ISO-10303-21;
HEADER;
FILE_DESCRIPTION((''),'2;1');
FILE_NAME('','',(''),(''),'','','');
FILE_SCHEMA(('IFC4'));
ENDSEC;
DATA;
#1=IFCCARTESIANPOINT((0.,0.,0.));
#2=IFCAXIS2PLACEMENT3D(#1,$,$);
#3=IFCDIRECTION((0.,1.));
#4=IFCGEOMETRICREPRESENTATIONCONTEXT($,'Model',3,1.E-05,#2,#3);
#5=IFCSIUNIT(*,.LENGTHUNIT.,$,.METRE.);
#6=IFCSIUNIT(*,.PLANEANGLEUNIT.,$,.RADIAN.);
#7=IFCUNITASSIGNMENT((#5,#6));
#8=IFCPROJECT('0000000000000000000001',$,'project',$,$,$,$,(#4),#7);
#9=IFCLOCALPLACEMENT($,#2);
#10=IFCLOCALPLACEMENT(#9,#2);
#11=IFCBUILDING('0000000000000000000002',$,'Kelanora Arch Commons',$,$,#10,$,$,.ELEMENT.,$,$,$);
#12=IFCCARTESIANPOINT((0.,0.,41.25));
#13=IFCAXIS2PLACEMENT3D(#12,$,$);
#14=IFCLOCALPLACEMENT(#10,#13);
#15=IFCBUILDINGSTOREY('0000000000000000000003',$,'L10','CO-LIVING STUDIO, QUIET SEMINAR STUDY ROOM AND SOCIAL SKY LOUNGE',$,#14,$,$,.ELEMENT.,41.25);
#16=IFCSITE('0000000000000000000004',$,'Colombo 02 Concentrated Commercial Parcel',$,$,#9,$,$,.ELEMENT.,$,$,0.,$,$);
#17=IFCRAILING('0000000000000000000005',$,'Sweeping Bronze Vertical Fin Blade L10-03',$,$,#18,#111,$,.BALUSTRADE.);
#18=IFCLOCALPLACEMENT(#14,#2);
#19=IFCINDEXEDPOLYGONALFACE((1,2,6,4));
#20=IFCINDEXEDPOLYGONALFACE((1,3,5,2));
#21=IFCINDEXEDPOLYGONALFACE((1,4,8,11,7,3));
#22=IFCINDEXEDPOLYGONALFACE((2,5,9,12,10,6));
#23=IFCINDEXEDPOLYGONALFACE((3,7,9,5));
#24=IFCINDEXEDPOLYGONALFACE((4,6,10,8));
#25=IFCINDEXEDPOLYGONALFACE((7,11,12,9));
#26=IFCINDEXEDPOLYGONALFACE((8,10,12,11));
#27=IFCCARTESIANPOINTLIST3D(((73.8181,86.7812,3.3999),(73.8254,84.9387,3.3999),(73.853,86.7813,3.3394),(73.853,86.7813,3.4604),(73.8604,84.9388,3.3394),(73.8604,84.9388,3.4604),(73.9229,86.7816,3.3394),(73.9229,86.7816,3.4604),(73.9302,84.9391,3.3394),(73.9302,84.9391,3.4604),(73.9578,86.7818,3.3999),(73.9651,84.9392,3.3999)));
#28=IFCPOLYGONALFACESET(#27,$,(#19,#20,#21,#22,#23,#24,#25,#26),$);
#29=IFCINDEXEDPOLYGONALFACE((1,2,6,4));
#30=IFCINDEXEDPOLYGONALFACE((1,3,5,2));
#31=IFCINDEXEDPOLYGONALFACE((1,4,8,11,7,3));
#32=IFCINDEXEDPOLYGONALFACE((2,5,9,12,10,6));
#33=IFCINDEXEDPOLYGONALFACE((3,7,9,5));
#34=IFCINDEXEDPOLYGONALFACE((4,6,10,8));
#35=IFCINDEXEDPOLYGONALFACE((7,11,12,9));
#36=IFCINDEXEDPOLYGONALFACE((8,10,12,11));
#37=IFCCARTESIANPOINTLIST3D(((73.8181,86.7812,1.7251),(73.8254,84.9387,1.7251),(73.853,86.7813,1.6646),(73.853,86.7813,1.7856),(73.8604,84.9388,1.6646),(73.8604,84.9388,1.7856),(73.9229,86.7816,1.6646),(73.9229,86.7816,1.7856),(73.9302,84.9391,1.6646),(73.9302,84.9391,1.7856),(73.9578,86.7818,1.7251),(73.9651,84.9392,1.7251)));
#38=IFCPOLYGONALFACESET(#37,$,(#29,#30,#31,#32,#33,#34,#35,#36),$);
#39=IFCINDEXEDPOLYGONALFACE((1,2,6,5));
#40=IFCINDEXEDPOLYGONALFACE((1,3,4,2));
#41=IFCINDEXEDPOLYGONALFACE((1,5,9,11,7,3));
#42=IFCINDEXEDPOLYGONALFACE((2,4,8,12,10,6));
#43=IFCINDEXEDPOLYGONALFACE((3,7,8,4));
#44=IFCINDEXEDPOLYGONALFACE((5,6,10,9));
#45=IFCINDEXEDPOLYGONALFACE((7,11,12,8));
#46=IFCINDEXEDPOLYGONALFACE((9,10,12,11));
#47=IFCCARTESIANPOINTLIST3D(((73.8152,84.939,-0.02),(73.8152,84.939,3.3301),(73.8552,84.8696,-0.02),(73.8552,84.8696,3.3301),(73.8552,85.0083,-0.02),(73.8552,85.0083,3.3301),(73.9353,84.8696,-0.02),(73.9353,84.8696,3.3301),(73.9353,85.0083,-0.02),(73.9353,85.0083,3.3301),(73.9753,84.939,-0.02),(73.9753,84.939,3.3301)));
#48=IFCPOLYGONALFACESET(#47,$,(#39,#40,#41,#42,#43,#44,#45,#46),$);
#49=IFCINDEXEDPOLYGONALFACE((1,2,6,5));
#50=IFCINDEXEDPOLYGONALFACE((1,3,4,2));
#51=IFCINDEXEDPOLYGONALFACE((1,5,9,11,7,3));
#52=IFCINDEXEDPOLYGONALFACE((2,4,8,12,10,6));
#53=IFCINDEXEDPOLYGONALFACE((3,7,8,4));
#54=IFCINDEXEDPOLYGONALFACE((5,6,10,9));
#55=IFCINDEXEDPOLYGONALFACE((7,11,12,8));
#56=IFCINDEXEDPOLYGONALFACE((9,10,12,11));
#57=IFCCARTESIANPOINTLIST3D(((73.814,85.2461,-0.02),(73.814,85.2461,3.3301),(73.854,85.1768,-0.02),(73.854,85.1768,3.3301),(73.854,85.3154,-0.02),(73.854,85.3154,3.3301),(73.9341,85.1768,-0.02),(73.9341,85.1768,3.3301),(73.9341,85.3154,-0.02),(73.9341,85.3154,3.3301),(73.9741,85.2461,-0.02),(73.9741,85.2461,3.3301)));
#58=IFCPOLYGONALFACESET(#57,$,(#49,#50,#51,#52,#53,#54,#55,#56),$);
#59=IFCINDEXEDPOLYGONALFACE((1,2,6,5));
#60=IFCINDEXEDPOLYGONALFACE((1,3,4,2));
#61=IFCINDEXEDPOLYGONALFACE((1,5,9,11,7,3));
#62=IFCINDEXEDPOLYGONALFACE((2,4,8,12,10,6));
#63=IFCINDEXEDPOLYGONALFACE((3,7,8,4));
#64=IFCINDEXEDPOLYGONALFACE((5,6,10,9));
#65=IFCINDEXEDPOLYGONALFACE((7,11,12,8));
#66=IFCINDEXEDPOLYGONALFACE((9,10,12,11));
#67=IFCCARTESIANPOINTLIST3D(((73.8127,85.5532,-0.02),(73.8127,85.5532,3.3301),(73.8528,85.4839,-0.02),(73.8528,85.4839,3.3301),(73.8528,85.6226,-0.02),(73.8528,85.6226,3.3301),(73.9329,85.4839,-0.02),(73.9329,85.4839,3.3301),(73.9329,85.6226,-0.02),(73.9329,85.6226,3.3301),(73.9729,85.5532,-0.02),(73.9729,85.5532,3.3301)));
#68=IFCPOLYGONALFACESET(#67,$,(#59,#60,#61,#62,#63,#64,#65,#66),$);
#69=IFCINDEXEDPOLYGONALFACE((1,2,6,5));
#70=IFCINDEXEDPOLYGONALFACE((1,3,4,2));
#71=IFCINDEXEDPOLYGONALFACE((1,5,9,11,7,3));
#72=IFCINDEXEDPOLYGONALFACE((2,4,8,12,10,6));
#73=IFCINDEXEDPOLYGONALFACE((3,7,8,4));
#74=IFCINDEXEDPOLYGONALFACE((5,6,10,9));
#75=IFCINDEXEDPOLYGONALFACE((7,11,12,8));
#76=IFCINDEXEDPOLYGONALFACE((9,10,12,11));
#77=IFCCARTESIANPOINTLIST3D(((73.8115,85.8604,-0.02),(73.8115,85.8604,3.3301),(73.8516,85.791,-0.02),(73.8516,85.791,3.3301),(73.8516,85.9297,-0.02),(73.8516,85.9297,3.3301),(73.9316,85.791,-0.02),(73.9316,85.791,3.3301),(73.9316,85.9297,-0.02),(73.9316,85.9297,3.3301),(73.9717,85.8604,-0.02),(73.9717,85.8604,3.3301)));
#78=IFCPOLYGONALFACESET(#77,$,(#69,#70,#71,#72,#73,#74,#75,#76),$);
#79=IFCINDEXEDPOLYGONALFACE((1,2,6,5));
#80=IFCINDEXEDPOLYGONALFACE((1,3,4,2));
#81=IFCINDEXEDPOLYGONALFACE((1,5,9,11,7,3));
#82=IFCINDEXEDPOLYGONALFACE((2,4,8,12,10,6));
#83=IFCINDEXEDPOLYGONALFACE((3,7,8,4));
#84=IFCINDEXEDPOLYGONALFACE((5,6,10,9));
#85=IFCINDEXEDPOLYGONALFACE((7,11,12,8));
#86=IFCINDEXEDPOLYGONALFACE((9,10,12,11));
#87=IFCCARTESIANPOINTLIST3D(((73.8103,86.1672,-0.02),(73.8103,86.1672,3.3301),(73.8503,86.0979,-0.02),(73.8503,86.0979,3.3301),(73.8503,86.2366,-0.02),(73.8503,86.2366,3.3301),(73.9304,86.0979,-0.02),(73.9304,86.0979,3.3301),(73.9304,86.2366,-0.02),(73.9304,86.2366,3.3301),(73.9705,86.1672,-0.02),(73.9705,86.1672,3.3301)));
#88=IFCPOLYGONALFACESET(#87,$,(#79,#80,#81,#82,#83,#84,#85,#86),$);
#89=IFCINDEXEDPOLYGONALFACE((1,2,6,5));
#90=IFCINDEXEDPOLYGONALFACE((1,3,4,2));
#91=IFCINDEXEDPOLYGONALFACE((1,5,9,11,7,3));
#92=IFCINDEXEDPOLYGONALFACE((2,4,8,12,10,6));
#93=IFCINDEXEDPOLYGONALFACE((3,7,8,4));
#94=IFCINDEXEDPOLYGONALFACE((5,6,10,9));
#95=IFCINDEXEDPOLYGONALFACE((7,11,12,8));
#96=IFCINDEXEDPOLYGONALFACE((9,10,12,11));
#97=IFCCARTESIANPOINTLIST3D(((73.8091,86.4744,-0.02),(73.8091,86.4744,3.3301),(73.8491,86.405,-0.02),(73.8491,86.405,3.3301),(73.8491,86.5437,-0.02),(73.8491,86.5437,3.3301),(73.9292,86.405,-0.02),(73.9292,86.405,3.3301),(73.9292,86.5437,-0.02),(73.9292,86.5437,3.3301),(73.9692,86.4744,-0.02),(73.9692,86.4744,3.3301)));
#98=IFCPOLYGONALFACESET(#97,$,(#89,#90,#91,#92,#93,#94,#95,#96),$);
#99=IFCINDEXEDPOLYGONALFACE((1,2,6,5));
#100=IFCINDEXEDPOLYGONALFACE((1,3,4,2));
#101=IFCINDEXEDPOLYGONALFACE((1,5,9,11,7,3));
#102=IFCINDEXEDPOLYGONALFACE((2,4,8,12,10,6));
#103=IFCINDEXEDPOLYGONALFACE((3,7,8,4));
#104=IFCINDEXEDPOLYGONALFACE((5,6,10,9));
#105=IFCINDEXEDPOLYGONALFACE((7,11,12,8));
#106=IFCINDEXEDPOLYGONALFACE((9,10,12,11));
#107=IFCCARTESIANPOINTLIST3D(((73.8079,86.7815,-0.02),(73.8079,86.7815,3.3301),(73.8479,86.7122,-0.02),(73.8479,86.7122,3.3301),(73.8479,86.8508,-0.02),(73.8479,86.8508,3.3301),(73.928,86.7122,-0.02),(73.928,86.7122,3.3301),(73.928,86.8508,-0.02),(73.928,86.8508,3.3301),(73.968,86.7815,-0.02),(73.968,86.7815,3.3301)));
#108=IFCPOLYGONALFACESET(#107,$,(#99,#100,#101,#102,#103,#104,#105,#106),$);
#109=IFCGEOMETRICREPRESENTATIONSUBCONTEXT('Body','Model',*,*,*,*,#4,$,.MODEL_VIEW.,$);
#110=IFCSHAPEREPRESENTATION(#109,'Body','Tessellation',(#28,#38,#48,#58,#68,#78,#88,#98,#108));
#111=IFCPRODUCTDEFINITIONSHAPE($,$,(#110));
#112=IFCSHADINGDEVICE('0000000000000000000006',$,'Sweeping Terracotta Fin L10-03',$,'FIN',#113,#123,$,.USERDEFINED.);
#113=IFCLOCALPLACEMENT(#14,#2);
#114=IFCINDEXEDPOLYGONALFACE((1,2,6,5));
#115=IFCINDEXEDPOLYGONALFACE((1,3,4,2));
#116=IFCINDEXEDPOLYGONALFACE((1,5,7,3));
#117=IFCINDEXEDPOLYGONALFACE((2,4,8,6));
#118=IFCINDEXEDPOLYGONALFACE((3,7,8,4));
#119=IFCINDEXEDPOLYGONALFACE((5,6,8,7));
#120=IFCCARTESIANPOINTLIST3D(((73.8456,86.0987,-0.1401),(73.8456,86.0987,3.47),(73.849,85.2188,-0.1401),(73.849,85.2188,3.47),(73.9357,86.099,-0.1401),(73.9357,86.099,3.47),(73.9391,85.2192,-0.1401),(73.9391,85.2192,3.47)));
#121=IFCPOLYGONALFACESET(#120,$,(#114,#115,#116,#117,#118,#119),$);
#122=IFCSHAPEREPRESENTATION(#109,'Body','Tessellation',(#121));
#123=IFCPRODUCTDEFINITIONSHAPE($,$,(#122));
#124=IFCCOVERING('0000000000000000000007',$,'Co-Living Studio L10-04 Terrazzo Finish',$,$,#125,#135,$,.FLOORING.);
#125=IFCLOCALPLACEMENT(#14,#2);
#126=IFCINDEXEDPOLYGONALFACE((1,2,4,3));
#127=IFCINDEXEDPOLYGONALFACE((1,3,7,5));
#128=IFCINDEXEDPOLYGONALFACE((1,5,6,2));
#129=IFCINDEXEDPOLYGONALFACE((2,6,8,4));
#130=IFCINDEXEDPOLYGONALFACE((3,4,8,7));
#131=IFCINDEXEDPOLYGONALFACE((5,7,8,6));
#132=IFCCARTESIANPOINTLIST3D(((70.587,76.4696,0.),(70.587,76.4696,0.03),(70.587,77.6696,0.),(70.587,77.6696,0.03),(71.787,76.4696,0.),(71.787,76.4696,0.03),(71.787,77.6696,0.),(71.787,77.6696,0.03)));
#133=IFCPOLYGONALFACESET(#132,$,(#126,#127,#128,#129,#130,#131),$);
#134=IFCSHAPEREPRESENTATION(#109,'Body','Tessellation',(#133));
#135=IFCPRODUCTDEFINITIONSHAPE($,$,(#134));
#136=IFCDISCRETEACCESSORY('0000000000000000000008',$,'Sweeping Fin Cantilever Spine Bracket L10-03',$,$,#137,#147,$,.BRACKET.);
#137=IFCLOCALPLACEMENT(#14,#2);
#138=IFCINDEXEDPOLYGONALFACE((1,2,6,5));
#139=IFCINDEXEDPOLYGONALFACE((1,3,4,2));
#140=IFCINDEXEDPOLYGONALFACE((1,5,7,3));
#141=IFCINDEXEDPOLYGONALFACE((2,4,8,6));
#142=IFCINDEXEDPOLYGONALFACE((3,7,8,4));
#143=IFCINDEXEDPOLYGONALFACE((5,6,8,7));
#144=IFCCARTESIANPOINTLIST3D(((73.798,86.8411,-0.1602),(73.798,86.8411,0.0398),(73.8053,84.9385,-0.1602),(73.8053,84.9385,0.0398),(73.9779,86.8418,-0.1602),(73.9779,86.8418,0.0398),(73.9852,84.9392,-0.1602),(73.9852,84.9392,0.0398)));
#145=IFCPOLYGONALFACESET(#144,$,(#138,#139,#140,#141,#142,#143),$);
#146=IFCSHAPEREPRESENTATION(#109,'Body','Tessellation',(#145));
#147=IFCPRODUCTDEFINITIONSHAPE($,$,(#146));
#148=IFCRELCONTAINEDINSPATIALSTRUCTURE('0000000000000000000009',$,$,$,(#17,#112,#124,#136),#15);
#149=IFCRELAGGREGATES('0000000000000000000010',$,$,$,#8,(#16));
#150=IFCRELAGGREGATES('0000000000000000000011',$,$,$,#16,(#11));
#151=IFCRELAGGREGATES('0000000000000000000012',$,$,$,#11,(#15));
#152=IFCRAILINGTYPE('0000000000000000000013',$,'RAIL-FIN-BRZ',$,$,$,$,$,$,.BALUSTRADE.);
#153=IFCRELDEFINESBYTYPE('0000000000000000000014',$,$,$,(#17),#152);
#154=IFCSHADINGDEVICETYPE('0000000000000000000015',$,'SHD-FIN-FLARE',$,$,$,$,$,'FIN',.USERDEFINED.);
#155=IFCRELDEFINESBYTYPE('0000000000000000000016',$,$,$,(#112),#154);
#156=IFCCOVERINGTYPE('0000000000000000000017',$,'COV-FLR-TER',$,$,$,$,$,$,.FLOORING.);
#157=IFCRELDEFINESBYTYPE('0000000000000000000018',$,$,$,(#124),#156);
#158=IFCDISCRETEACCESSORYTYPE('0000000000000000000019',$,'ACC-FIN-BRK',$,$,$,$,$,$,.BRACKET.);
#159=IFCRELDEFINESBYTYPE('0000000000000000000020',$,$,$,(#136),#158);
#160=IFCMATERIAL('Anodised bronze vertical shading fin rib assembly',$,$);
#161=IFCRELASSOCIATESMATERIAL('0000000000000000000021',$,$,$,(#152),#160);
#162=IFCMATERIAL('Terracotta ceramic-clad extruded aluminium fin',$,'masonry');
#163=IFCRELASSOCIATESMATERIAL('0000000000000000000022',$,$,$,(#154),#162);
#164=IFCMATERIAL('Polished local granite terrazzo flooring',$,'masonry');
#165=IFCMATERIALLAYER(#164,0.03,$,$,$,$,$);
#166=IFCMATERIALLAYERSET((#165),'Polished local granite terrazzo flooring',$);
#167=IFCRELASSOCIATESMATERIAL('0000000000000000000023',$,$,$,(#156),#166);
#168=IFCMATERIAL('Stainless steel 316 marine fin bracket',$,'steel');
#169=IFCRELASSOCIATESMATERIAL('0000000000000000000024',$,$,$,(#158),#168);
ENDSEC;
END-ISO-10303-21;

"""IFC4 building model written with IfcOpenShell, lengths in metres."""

from ifc_helpers import new_model, si_unit, direction, frame, origin, origin_2d, place, context, subcontext, project, spatial, polyline, rectangle, outline, extrude, source, transform, mapped, material, layer, layer_set, type_object, element, save


model = new_model("IFC4")

# Units and contexts
model_context = context("Model", 3, precision=1e-05, world=origin(), true_north=direction((0.0, 1.0)))
body_context = subcontext(model_context, "Body", "Model", "MODEL_VIEW")
ifc_project = project(units=[si_unit("LENGTHUNIT", "METRE"), si_unit("PLANEANGLEUNIT", "RADIAN")], contexts=[model_context])

# Site, building, storey
site_placement = place(None, origin())
site = spatial("IfcSite", under=ifc_project, at=site_placement, Name="Colombo 02 Concentrated Commercial Parcel", CompositionType="ELEMENT", RefElevation=0.0)
building_placement = place(site_placement, origin())
building = spatial("IfcBuilding", under=site, at=building_placement, Name="Kelanora Arch Commons", CompositionType="ELEMENT")
storey_placement = place(building_placement, frame((0.0, 0.0, 41.25)))
storey = spatial("IfcBuildingStorey", under=building, at=storey_placement, Name="L10", Description="CO-LIVING STUDIO, QUIET SEMINAR STUDY ROOM AND SOCIAL SKY LOUNGE", CompositionType="ELEMENT", Elevation=41.25)

# Railing
ifc_material_1 = material(Name="Anodised bronze vertical shading fin rib assembly")
railing_type = type_object("IfcRailingType", Name="RAIL-FIN-BRZ", PredefinedType="BALUSTRADE", material=ifc_material_1)
railing_placement = place(storey_placement, frame((73.8953, 84.939, -0.02)))
element("IfcRailing", 1, at=railing_placement, inside=storey, type_object=railing_type, Name="Sweeping Bronze Vertical Fin Blade L10-03", PredefinedType="BALUSTRADE", context=body_context, shape_type="SweptSolid", body=[
    extrude(outline(polyline([(0.0698, 0.0), (0.0349, 0.0605), (-0.0349, 0.0605), (-0.0698, 0.0), (-0.0349, -0.0605), (0.0349, -0.0605), (0.0698, 0.0)])), frame((0.0, 0.0, 3.4199), z_axis=(-0.003975, 0.999992, 0.0), x_axis=(-0.999992, -0.003975, 0.0)), (0.0, 0.0, 1.0), 1.8425),
    extrude(outline(polyline([(0.0698, 0.0), (0.0349, 0.0605), (-0.0349, 0.0605), (-0.0698, 0.0), (-0.0349, -0.0605), (0.0349, -0.0605), (0.0698, 0.0)])), frame((0.0, 0.0, 1.7451), z_axis=(-0.003975, 0.999992, 0.0), x_axis=(-0.999992, -0.003975, 0.0)), (0.0, 0.0, 1.0), 1.8425),
    extrude(outline(polyline([(0.0801, 0.0), (0.04, 0.0693), (-0.04, 0.0693), (-0.0801, 0.0), (-0.04, -0.0693), (0.04, -0.0693), (0.0801, 0.0)])), origin(), (0.0, 0.0, 1.0), 3.3501),
    extrude(outline(polyline([(0.0801, 0.0), (0.04, 0.0693), (-0.04, 0.0693), (-0.0801, 0.0), (-0.04, -0.0693), (0.04, -0.0693), (0.0801, 0.0)])), frame((-0.0012, 0.3071, 0.0)), (0.0, 0.0, 1.0), 3.3501),
    extrude(outline(polyline([(0.0801, 0.0), (0.04, 0.0693), (-0.04, 0.0693), (-0.0801, 0.0), (-0.04, -0.0693), (0.04, -0.0693), (0.0801, 0.0)])), frame((-0.0024, 0.6143, 0.0)), (0.0, 0.0, 1.0), 3.3501),
    extrude(outline(polyline([(0.0801, 0.0), (0.04, 0.0693), (-0.04, 0.0693), (-0.0801, 0.0), (-0.04, -0.0693), (0.04, -0.0693), (0.0801, 0.0)])), frame((-0.0037, 0.9214, 0.0)), (0.0, 0.0, 1.0), 3.3501),
    extrude(outline(polyline([(0.0801, 0.0), (0.04, 0.0693), (-0.04, 0.0693), (-0.0801, 0.0), (-0.04, -0.0693), (0.04, -0.0693), (0.0801, 0.0)])), frame((-0.0049, 1.2283, 0.0)), (0.0, 0.0, 1.0), 3.3501),
    extrude(outline(polyline([(0.0801, 0.0), (0.04, 0.0693), (-0.04, 0.0693), (-0.0801, 0.0), (-0.04, -0.0693), (0.04, -0.0693), (0.0801, 0.0)])), frame((-0.0061, 1.5354, 0.0)), (0.0, 0.0, 1.0), 3.3501),
    extrude(outline(polyline([(0.0801, 0.0), (0.04, 0.0693), (-0.04, 0.0693), (-0.0801, 0.0), (-0.04, -0.0693), (0.04, -0.0693), (0.0801, 0.0)])), frame((-0.0073, 1.8425, 0.0)), (0.0, 0.0, 1.0), 3.3501),
])

# Shading device
ifc_material_2 = material(Name="Terracotta ceramic-clad extruded aluminium fin", Category="masonry")
shading_device_type = type_object("IfcShadingDeviceType", Name="SHD-FIN-FLARE", ElementType="FIN", PredefinedType="USERDEFINED", material=ifc_material_2)
shared_shape_1 = source(origin(), body_context, "Body", "SweptSolid", [
    extrude(rectangle(XDim=0.8799, YDim=0.0901, at=origin_2d()), origin(), (0.0, 0.0, 1.0), 3.6101),
])
shading_device_placement = place(storey_placement, frame((73.8923, 85.6589, -0.1401), z_axis=(0.0, 0.0, 1.0), x_axis=(-0.00384, 0.999993, 0.0)))
element("IfcShadingDevice", 2, at=shading_device_placement, inside=storey, type_object=shading_device_type, Name="Sweeping Terracotta Fin L10-03", ObjectType="FIN", PredefinedType="USERDEFINED", context=body_context, shape_type="MappedRepresentation", body=[
    mapped(shared_shape_1, transform((0.0, 0.0, 0.0), scale=1.0)),
])

# Covering
ifc_material_3 = material(Name="Polished local granite terrazzo flooring", Category="masonry")
ifc_layer_1 = layer(ifc_material_3, 0.03)
ifc_layer_set_1 = layer_set([ifc_layer_1], Name="Polished local granite terrazzo flooring")
covering_type = type_object("IfcCoveringType", Name="COV-FLR-TER", PredefinedType="FLOORING", material=ifc_layer_set_1)
shared_shape_2 = source(origin(), body_context, "Body", "SweptSolid", [
    extrude(rectangle(XDim=1.2, YDim=1.2, at=origin_2d()), origin(), (0.0, 0.0, 1.0), 0.03),
])
covering_placement = place(storey_placement, frame((71.187, 77.0696, 0.0), z_axis=(0.0, 0.0, 1.0), x_axis=(1.0, 0.0, 0.0)))
element("IfcCovering", 3, at=covering_placement, inside=storey, type_object=covering_type, Name="Co-Living Studio L10-04 Terrazzo Finish", PredefinedType="FLOORING", context=body_context, shape_type="MappedRepresentation", body=[
    mapped(shared_shape_2, transform((0.0, 0.0, 0.0), scale=1.0)),
])

# Discrete accessory
ifc_material_4 = material(Name="Stainless steel 316 marine fin bracket", Category="steel")
discrete_accessory_type = type_object("IfcDiscreteAccessoryType", Name="ACC-FIN-BRK", PredefinedType="BRACKET", material=ifc_material_4)
shared_shape_3 = source(origin(), body_context, "Body", "SweptSolid", [
    extrude(rectangle(XDim=1.9026, YDim=0.1799, at=origin_2d()), origin(), (0.0, 0.0, 1.0), 0.2),
])
discrete_accessory_placement = place(storey_placement, frame((73.8916, 85.8901, -0.1602), z_axis=(0.0, 0.0, 1.0), x_axis=(-0.00384, 0.999993, 0.0)))
element("IfcDiscreteAccessory", 4, at=discrete_accessory_placement, inside=storey, type_object=discrete_accessory_type, Name="Sweeping Fin Cantilever Spine Bracket L10-03", PredefinedType="BRACKET", context=body_context, shape_type="MappedRepresentation", body=[
    mapped(shared_shape_3, transform((0.0, 0.0, 0.0), scale=1.0)),
])

save(model, "model.ifc")
